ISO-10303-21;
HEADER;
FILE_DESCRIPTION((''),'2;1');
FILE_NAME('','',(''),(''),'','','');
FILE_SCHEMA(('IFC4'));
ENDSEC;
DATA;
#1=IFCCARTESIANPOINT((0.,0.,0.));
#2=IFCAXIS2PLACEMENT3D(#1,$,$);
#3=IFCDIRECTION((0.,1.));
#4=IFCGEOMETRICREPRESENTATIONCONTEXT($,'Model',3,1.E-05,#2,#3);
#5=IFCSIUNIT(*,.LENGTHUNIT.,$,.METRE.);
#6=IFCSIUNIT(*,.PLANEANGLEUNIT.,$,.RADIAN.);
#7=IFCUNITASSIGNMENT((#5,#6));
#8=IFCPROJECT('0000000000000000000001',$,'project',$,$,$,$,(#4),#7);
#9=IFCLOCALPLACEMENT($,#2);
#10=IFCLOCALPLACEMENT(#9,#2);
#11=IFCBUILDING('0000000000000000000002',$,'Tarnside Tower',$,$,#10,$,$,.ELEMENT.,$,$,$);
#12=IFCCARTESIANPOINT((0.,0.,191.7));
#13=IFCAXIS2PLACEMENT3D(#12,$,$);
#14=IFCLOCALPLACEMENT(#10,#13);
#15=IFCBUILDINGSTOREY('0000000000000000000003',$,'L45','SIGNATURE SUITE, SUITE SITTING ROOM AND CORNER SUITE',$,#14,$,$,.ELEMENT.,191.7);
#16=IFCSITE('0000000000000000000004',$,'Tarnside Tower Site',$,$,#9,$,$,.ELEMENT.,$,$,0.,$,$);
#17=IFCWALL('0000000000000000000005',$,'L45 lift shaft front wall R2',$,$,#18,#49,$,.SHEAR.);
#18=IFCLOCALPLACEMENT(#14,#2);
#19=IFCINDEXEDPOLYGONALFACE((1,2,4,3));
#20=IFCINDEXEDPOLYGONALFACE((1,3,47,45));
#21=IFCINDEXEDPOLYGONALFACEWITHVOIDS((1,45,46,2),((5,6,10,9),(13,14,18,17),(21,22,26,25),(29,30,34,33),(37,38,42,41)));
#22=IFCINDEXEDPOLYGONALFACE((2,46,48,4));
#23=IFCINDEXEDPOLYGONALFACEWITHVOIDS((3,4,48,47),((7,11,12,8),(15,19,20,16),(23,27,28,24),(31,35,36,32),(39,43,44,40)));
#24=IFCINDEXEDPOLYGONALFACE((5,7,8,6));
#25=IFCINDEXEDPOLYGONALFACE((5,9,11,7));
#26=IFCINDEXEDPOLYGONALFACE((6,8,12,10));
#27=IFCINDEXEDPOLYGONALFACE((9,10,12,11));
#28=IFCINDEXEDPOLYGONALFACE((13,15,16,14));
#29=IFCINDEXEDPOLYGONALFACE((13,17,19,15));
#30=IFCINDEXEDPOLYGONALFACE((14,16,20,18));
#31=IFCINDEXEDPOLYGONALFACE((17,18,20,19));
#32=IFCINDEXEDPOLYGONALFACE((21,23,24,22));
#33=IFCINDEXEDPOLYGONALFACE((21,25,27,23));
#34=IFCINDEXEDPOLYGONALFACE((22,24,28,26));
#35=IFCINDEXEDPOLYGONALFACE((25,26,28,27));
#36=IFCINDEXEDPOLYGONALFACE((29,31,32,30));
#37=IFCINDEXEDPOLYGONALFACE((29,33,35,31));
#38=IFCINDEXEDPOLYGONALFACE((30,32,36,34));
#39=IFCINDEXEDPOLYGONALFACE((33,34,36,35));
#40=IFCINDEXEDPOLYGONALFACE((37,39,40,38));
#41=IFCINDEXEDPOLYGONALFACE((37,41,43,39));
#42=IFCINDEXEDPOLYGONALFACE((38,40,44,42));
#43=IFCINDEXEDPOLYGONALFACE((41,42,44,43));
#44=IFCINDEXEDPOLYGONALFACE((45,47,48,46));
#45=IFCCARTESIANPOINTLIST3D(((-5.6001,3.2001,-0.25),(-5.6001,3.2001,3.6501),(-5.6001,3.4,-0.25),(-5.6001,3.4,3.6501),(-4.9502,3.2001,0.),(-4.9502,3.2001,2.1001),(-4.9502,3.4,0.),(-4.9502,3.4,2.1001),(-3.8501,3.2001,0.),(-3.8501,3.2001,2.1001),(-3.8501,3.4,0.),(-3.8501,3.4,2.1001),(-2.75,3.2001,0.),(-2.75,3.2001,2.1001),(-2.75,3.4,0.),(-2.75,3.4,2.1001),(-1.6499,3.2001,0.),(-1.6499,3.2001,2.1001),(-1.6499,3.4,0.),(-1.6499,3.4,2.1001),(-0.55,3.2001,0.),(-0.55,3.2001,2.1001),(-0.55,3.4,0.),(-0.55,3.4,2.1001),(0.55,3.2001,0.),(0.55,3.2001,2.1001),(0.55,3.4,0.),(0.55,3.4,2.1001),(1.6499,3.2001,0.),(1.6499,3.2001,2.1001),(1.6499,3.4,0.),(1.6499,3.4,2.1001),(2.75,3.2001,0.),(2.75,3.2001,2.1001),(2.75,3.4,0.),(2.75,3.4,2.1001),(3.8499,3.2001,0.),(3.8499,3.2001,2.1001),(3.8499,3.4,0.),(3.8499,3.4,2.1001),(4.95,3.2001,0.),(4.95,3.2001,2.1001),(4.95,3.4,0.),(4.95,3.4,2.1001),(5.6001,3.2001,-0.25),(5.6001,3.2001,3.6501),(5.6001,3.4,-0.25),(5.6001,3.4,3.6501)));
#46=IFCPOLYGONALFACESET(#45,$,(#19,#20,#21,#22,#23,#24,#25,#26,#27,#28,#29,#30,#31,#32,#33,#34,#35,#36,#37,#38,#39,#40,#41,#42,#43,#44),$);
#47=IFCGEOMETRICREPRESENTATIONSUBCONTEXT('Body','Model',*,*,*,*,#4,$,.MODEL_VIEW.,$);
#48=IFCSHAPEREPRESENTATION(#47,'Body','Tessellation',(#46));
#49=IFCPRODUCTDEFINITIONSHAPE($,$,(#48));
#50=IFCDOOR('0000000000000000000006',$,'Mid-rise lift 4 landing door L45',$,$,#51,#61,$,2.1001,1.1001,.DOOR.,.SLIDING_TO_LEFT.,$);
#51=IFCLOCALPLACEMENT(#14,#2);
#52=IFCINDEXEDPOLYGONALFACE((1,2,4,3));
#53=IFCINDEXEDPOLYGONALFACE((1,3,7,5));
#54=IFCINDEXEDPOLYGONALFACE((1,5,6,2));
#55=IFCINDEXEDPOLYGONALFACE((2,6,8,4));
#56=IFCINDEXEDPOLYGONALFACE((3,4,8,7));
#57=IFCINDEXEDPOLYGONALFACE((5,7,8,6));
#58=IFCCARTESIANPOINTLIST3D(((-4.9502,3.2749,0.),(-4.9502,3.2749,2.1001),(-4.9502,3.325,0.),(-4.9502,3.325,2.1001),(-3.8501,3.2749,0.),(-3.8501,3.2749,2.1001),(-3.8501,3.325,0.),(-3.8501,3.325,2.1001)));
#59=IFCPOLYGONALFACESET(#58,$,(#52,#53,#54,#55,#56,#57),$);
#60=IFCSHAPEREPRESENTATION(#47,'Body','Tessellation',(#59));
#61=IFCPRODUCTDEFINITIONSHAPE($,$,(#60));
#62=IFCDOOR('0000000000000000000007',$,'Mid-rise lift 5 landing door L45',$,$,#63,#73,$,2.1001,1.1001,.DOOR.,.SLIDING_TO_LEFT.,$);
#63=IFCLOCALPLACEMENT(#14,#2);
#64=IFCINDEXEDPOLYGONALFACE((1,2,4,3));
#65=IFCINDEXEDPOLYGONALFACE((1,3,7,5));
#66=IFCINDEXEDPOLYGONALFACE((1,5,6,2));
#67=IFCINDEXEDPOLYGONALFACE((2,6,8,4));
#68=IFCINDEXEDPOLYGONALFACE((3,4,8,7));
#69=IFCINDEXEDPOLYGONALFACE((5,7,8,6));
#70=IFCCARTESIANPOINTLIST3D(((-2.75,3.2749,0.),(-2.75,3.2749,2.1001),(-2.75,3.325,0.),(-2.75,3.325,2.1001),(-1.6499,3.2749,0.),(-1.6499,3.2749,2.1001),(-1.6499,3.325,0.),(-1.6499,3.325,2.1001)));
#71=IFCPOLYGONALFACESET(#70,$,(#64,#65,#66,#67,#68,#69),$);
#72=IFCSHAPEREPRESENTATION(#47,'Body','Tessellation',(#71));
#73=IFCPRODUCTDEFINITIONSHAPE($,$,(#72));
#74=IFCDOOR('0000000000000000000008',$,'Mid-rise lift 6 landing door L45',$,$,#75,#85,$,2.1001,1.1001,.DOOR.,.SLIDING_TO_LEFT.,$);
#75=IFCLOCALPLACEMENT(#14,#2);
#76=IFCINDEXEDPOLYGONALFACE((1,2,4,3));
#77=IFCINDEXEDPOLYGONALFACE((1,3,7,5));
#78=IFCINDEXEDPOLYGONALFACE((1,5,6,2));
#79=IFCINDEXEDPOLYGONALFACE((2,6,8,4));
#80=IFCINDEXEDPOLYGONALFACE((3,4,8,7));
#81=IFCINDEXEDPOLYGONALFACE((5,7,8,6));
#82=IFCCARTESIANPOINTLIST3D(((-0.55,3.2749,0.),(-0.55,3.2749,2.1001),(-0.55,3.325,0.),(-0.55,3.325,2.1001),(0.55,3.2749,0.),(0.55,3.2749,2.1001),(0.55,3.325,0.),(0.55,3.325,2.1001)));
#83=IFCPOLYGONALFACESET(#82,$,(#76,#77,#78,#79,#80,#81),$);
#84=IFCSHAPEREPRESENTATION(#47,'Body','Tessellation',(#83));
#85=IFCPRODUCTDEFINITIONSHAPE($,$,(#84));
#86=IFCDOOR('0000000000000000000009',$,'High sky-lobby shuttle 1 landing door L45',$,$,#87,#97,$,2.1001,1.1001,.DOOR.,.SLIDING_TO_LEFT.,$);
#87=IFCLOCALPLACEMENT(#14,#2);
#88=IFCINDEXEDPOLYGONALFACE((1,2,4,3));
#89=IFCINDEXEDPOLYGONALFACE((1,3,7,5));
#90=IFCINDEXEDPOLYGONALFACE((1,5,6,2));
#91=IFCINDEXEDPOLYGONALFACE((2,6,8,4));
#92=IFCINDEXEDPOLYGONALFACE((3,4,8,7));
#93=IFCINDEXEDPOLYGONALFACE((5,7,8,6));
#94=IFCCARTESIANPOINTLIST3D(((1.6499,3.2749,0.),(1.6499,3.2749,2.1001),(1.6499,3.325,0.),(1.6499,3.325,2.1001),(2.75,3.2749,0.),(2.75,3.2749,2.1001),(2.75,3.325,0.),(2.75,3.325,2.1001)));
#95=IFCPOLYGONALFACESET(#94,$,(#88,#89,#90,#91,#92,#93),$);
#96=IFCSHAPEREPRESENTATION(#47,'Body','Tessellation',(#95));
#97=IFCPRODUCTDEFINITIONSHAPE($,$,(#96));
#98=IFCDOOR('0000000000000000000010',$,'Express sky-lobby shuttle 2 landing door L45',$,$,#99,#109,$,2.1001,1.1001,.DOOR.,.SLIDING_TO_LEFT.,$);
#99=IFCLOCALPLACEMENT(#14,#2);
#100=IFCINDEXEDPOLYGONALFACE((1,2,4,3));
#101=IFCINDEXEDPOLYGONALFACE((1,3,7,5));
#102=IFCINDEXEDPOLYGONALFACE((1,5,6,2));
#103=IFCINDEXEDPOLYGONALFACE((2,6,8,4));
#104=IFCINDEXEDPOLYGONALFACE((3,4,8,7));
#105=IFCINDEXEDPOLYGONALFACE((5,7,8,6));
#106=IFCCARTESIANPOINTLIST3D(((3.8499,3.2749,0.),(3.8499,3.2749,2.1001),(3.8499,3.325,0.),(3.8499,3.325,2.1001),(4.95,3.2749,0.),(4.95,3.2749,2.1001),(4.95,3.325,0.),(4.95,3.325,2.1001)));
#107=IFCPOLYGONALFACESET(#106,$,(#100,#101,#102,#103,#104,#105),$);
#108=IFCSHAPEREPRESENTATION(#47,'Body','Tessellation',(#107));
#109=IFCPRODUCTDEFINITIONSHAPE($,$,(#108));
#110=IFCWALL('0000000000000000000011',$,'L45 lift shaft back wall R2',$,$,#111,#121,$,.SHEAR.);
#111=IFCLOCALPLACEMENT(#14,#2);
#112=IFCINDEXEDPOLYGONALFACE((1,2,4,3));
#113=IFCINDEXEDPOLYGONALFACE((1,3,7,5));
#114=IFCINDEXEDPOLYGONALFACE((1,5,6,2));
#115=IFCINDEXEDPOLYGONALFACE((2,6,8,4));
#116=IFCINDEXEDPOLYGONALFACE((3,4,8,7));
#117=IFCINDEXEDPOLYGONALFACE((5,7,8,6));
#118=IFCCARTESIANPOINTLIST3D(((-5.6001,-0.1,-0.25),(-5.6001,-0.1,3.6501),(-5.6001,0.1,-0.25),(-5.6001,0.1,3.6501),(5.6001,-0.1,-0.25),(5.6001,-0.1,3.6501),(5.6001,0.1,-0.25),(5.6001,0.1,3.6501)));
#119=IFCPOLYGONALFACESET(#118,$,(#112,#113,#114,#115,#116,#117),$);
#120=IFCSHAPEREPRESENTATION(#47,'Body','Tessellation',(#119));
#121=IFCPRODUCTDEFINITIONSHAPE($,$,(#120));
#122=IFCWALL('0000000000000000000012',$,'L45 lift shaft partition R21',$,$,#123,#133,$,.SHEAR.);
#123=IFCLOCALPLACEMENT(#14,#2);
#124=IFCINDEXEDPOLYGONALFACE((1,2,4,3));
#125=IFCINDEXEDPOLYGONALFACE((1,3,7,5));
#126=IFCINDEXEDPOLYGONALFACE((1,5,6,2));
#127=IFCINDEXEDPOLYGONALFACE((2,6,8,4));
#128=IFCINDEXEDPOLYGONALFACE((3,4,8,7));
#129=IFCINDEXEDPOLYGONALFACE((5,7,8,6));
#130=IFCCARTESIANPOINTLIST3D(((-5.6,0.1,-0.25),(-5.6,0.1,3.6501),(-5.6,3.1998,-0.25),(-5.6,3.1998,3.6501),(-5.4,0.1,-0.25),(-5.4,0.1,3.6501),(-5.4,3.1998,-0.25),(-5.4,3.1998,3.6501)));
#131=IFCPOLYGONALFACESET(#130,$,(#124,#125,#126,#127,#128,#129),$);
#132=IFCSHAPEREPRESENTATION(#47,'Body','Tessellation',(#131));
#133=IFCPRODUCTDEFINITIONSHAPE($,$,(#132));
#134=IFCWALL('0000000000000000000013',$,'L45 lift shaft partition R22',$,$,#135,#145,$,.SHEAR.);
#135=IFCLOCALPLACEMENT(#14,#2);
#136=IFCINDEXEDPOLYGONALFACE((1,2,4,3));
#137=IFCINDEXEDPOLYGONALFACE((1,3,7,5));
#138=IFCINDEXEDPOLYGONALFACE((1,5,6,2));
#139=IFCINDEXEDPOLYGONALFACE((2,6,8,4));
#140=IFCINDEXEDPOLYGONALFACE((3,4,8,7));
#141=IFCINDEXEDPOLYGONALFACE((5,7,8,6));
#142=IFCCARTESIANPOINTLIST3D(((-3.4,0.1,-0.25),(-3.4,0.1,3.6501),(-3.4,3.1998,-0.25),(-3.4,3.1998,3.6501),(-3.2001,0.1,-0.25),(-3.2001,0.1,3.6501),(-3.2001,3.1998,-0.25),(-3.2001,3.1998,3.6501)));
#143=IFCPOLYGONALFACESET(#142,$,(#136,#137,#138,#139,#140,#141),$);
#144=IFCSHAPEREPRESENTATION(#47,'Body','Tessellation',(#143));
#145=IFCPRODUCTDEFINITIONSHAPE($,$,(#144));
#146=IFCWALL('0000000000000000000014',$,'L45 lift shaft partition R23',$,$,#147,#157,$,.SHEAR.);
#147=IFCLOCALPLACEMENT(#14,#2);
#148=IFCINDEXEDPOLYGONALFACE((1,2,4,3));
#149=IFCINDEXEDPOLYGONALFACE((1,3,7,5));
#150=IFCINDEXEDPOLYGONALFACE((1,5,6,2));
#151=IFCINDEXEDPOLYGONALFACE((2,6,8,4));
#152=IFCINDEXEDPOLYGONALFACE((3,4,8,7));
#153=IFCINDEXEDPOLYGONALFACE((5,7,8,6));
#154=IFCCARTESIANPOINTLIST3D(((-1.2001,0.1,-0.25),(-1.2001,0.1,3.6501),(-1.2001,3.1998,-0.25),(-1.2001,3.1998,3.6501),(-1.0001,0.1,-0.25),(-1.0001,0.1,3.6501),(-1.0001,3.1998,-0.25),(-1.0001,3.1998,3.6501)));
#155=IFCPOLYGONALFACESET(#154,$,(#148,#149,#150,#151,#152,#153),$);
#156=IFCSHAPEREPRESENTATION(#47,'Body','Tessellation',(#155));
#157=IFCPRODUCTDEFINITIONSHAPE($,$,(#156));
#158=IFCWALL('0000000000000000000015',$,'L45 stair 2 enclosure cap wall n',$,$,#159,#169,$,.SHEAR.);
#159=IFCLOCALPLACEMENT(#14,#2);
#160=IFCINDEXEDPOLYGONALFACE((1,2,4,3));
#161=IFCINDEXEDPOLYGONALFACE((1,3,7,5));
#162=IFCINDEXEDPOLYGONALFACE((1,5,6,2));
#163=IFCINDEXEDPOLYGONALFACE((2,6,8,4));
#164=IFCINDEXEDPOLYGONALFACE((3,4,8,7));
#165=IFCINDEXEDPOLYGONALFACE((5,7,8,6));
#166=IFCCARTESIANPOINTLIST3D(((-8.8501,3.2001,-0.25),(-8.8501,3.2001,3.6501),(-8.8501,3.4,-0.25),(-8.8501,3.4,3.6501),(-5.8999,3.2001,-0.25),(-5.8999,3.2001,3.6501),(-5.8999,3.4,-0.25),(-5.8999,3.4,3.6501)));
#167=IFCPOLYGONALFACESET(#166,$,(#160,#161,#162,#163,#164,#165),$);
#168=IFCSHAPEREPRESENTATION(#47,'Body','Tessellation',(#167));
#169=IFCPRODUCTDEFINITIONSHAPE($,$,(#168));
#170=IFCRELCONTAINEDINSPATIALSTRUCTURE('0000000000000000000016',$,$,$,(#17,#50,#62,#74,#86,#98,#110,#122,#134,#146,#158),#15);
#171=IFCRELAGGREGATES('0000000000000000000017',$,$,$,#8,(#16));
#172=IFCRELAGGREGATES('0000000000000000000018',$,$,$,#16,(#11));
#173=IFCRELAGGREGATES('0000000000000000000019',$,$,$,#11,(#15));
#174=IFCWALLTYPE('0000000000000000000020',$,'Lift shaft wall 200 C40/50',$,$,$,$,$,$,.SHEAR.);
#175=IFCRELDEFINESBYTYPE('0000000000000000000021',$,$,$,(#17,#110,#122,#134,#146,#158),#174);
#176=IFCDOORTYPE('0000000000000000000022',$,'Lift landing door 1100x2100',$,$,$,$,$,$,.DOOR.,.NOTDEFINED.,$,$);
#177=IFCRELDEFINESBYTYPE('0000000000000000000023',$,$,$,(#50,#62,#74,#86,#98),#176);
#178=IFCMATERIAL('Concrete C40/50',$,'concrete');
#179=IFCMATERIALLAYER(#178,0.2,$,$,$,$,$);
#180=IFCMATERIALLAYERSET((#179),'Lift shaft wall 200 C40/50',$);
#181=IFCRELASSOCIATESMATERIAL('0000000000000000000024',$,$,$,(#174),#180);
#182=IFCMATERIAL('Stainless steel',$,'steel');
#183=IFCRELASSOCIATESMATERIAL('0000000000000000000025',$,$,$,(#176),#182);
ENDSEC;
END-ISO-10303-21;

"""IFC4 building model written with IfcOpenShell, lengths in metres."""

from ifc_helpers import new_model, si_unit, direction, frame, frame_2d, origin, place, context, subcontext, project, spatial, rectangle, extrude, material, layer, layer_set, type_object, element, fill, save


model = new_model("IFC4")

# Units and contexts
model_context = context("Model", 3, precision=1e-05, world=origin(), true_north=direction((0.0, 1.0)))
body_context = subcontext(model_context, "Body", "Model", "MODEL_VIEW")
ifc_project = project(units=[si_unit("LENGTHUNIT", "METRE"), si_unit("PLANEANGLEUNIT", "RADIAN")], contexts=[model_context])

# Site, building, storey
site_placement = place(None, origin())
site = spatial("IfcSite", under=ifc_project, at=site_placement, Name="Tarnside Tower Site", CompositionType="ELEMENT", RefElevation=0.0)
building_placement = place(site_placement, origin())
building = spatial("IfcBuilding", under=site, at=building_placement, Name="Tarnside Tower", CompositionType="ELEMENT")
storey_placement = place(building_placement, frame((0.0, 0.0, 191.7)))
storey = spatial("IfcBuildingStorey", under=building, at=storey_placement, Name="L45", Description="SIGNATURE SUITE, SUITE SITTING ROOM AND CORNER SUITE", CompositionType="ELEMENT", Elevation=191.7)

# Shared definitions
ifc_material_1 = material(Name="Concrete C40/50", Category="concrete")

# Wall, openings, doors
ifc_layer_1 = layer(ifc_material_1, 0.2)
ifc_layer_set_1 = layer_set([ifc_layer_1], Name="Lift shaft wall 200 C40/50")
wall_type = type_object("IfcWallType", Name="Lift shaft wall 200 C40/50", PredefinedType="SHEAR", material=ifc_layer_set_1)
wall_1_placement = place(storey_placement, frame((-5.6001, 3.3, -0.25), z_axis=(0.0, 0.0, 1.0), x_axis=(1.0, 0.0, 0.0)))
wall_1 = element("IfcWall", 1, at=wall_1_placement, inside=storey, type_object=wall_type, Name="L45 lift shaft front wall R2", PredefinedType="SHEAR", context=body_context, shape_type="SweptSolid", body=[
    extrude(rectangle(XDim=11.2002, YDim=0.2, at=frame_2d((5.6001, 0.0))), origin(), (0.0, 0.0, 1.0), 3.9001),
])
opening_1_placement = place(wall_1_placement, frame((0.6499, 0.0, 0.25)))
opening_1 = element("IfcOpeningElement", 2, at=opening_1_placement, cuts=wall_1, PredefinedType="OPENING", context=body_context, shape_type="SweptSolid", body=[
    extrude(rectangle(XDim=1.1001, YDim=2.1001, at=frame_2d((0.55, 1.05))), frame((0.0, 0.1099, 0.0), z_axis=(0.0, -1.0, 0.0), x_axis=(1.0, 0.0, 0.0)), (0.0, 0.0, 1.0), 0.22),
])
opening_2_placement = place(wall_1_placement, frame((2.8501, 0.0, 0.25)))
opening_2 = element("IfcOpeningElement", 3, at=opening_2_placement, cuts=wall_1, PredefinedType="OPENING", context=body_context, shape_type="SweptSolid", body=[
    extrude(rectangle(XDim=1.1001, YDim=2.1001, at=frame_2d((0.55, 1.05))), frame((0.0, 0.1099, 0.0), z_axis=(0.0, -1.0, 0.0), x_axis=(1.0, 0.0, 0.0)), (0.0, 0.0, 1.0), 0.22),
])
opening_3_placement = place(wall_1_placement, frame((5.05, 0.0, 0.25)))
opening_3 = element("IfcOpeningElement", 4, at=opening_3_placement, cuts=wall_1, PredefinedType="OPENING", context=body_context, shape_type="SweptSolid", body=[
    extrude(rectangle(XDim=1.1001, YDim=2.1001, at=frame_2d((0.55, 1.05))), frame((0.0, 0.1099, 0.0), z_axis=(0.0, -1.0, 0.0), x_axis=(1.0, 0.0, 0.0)), (0.0, 0.0, 1.0), 0.22),
])
opening_4_placement = place(wall_1_placement, frame((7.25, 0.0, 0.25)))
opening_4 = element("IfcOpeningElement", 5, at=opening_4_placement, cuts=wall_1, PredefinedType="OPENING", context=body_context, shape_type="SweptSolid", body=[
    extrude(rectangle(XDim=1.1001, YDim=2.1001, at=frame_2d((0.55, 1.05))), frame((0.0, 0.1099, 0.0), z_axis=(0.0, -1.0, 0.0), x_axis=(1.0, 0.0, 0.0)), (0.0, 0.0, 1.0), 0.22),
])
opening_5_placement = place(wall_1_placement, frame((9.45, 0.0, 0.25)))
opening_5 = element("IfcOpeningElement", 6, at=opening_5_placement, cuts=wall_1, PredefinedType="OPENING", context=body_context, shape_type="SweptSolid", body=[
    extrude(rectangle(XDim=1.1001, YDim=2.1001, at=frame_2d((0.55, 1.05))), frame((0.0, 0.1099, 0.0), z_axis=(0.0, -1.0, 0.0), x_axis=(1.0, 0.0, 0.0)), (0.0, 0.0, 1.0), 0.22),
])
ifc_material_2 = material(Name="Stainless steel", Category="steel")
door_type = type_object("IfcDoorType", Name="Lift landing door 1100x2100", OperationType="NOTDEFINED", PredefinedType="DOOR", material=ifc_material_2)
door_1_placement = place(opening_1_placement, origin())
door_1 = element("IfcDoor", 7, at=door_1_placement, inside=storey, type_object=door_type, Name="Mid-rise lift 4 landing door L45", OperationType="SLIDING_TO_LEFT", OverallHeight=2.1001, OverallWidth=1.1001, PredefinedType="DOOR", context=body_context, shape_type="SweptSolid", body=[
    extrude(rectangle(XDim=1.1001, YDim=2.1001, at=frame_2d((0.55, 1.05))), frame((0.0, 0.0249, 0.0), z_axis=(0.0, -1.0, 0.0), x_axis=(1.0, 0.0, 0.0)), (0.0, 0.0, 1.0), 0.05),
])
fill(opening_1, door_1)
door_2_placement = place(opening_2_placement, origin())
door_2 = element("IfcDoor", 8, at=door_2_placement, inside=storey, type_object=door_type, Name="Mid-rise lift 5 landing door L45", OperationType="SLIDING_TO_LEFT", OverallHeight=2.1001, OverallWidth=1.1001, PredefinedType="DOOR", context=body_context, shape_type="SweptSolid", body=[
    extrude(rectangle(XDim=1.1001, YDim=2.1001, at=frame_2d((0.55, 1.05))), frame((0.0, 0.0249, 0.0), z_axis=(0.0, -1.0, 0.0), x_axis=(1.0, 0.0, 0.0)), (0.0, 0.0, 1.0), 0.05),
])
fill(opening_2, door_2)
door_3_placement = place(opening_3_placement, origin())
door_3 = element("IfcDoor", 9, at=door_3_placement, inside=storey, type_object=door_type, Name="Mid-rise lift 6 landing door L45", OperationType="SLIDING_TO_LEFT", OverallHeight=2.1001, OverallWidth=1.1001, PredefinedType="DOOR", context=body_context, shape_type="SweptSolid", body=[
    extrude(rectangle(XDim=1.1001, YDim=2.1001, at=frame_2d((0.55, 1.05))), frame((0.0, 0.0249, 0.0), z_axis=(0.0, -1.0, 0.0), x_axis=(1.0, 0.0, 0.0)), (0.0, 0.0, 1.0), 0.05),
])
fill(opening_3, door_3)
door_4_placement = place(opening_4_placement, origin())
door_4 = element("IfcDoor", 10, at=door_4_placement, inside=storey, type_object=door_type, Name="High sky-lobby shuttle 1 landing door L45", OperationType="SLIDING_TO_LEFT", OverallHeight=2.1001, OverallWidth=1.1001, PredefinedType="DOOR", context=body_context, shape_type="SweptSolid", body=[
    extrude(rectangle(XDim=1.1001, YDim=2.1001, at=frame_2d((0.55, 1.05))), frame((0.0, 0.0249, 0.0), z_axis=(0.0, -1.0, 0.0), x_axis=(1.0, 0.0, 0.0)), (0.0, 0.0, 1.0), 0.05),
])
fill(opening_4, door_4)
door_5_placement = place(opening_5_placement, origin())
door_5 = element("IfcDoor", 11, at=door_5_placement, inside=storey, type_object=door_type, Name="Express sky-lobby shuttle 2 landing door L45", OperationType="SLIDING_TO_LEFT", OverallHeight=2.1001, OverallWidth=1.1001, PredefinedType="DOOR", context=body_context, shape_type="SweptSolid", body=[
    extrude(rectangle(XDim=1.1001, YDim=2.1001, at=frame_2d((0.55, 1.05))), frame((0.0, 0.0249, 0.0), z_axis=(0.0, -1.0, 0.0), x_axis=(1.0, 0.0, 0.0)), (0.0, 0.0, 1.0), 0.05),
])
fill(opening_5, door_5)

# Walls
wall_2_placement = place(storey_placement, frame((-5.6001, 0.0, -0.25), z_axis=(0.0, 0.0, 1.0), x_axis=(1.0, 0.0, 0.0)))
element("IfcWall", 12, at=wall_2_placement, inside=storey, type_object=wall_type, Name="L45 lift shaft back wall R2", PredefinedType="SHEAR", context=body_context, shape_type="SweptSolid", body=[
    extrude(rectangle(XDim=11.2002, YDim=0.2, at=frame_2d((5.6001, 0.0))), origin(), (0.0, 0.0, 1.0), 3.9001),
])
for number, where, z_axis, x_axis, name in (
    (13, (-5.5, 0.1001, -0.25), (0.0, 0.0, 1.0), (0.0, 1.0, 0.0), "L45 lift shaft partition R21"),
    (14, (-3.3, 0.1001, -0.25), (0.0, 0.0, 1.0), (0.0, 1.0, 0.0), "L45 lift shaft partition R22"),
    (15, (-1.1001, 0.1001, -0.25), (0.0, 0.0, 1.0), (0.0, 1.0, 0.0), "L45 lift shaft partition R23"),
):
    element("IfcWall", number, at=place(storey_placement, frame(where, z_axis=z_axis, x_axis=x_axis)), inside=storey, type_object=wall_type, Name=name, PredefinedType="SHEAR", context=body_context, shape_type="SweptSolid", body=[
        extrude(rectangle(XDim=3.0999, YDim=0.2, at=frame_2d((1.5498, 0.0))), origin(), (0.0, 0.0, 1.0), 3.9001),
    ])
wall_3_placement = place(storey_placement, frame((-8.8501, 3.3, -0.25), z_axis=(0.0, 0.0, 1.0), x_axis=(1.0, 0.0, 0.0)))
element("IfcWall", 16, at=wall_3_placement, inside=storey, type_object=wall_type, Name="L45 stair 2 enclosure cap wall n", PredefinedType="SHEAR", context=body_context, shape_type="SweptSolid", body=[
    extrude(rectangle(XDim=2.9502, YDim=0.2, at=frame_2d((1.4751, 0.0))), origin(), (0.0, 0.0, 1.0), 3.9001),
])

save(model, "model.ifc")
